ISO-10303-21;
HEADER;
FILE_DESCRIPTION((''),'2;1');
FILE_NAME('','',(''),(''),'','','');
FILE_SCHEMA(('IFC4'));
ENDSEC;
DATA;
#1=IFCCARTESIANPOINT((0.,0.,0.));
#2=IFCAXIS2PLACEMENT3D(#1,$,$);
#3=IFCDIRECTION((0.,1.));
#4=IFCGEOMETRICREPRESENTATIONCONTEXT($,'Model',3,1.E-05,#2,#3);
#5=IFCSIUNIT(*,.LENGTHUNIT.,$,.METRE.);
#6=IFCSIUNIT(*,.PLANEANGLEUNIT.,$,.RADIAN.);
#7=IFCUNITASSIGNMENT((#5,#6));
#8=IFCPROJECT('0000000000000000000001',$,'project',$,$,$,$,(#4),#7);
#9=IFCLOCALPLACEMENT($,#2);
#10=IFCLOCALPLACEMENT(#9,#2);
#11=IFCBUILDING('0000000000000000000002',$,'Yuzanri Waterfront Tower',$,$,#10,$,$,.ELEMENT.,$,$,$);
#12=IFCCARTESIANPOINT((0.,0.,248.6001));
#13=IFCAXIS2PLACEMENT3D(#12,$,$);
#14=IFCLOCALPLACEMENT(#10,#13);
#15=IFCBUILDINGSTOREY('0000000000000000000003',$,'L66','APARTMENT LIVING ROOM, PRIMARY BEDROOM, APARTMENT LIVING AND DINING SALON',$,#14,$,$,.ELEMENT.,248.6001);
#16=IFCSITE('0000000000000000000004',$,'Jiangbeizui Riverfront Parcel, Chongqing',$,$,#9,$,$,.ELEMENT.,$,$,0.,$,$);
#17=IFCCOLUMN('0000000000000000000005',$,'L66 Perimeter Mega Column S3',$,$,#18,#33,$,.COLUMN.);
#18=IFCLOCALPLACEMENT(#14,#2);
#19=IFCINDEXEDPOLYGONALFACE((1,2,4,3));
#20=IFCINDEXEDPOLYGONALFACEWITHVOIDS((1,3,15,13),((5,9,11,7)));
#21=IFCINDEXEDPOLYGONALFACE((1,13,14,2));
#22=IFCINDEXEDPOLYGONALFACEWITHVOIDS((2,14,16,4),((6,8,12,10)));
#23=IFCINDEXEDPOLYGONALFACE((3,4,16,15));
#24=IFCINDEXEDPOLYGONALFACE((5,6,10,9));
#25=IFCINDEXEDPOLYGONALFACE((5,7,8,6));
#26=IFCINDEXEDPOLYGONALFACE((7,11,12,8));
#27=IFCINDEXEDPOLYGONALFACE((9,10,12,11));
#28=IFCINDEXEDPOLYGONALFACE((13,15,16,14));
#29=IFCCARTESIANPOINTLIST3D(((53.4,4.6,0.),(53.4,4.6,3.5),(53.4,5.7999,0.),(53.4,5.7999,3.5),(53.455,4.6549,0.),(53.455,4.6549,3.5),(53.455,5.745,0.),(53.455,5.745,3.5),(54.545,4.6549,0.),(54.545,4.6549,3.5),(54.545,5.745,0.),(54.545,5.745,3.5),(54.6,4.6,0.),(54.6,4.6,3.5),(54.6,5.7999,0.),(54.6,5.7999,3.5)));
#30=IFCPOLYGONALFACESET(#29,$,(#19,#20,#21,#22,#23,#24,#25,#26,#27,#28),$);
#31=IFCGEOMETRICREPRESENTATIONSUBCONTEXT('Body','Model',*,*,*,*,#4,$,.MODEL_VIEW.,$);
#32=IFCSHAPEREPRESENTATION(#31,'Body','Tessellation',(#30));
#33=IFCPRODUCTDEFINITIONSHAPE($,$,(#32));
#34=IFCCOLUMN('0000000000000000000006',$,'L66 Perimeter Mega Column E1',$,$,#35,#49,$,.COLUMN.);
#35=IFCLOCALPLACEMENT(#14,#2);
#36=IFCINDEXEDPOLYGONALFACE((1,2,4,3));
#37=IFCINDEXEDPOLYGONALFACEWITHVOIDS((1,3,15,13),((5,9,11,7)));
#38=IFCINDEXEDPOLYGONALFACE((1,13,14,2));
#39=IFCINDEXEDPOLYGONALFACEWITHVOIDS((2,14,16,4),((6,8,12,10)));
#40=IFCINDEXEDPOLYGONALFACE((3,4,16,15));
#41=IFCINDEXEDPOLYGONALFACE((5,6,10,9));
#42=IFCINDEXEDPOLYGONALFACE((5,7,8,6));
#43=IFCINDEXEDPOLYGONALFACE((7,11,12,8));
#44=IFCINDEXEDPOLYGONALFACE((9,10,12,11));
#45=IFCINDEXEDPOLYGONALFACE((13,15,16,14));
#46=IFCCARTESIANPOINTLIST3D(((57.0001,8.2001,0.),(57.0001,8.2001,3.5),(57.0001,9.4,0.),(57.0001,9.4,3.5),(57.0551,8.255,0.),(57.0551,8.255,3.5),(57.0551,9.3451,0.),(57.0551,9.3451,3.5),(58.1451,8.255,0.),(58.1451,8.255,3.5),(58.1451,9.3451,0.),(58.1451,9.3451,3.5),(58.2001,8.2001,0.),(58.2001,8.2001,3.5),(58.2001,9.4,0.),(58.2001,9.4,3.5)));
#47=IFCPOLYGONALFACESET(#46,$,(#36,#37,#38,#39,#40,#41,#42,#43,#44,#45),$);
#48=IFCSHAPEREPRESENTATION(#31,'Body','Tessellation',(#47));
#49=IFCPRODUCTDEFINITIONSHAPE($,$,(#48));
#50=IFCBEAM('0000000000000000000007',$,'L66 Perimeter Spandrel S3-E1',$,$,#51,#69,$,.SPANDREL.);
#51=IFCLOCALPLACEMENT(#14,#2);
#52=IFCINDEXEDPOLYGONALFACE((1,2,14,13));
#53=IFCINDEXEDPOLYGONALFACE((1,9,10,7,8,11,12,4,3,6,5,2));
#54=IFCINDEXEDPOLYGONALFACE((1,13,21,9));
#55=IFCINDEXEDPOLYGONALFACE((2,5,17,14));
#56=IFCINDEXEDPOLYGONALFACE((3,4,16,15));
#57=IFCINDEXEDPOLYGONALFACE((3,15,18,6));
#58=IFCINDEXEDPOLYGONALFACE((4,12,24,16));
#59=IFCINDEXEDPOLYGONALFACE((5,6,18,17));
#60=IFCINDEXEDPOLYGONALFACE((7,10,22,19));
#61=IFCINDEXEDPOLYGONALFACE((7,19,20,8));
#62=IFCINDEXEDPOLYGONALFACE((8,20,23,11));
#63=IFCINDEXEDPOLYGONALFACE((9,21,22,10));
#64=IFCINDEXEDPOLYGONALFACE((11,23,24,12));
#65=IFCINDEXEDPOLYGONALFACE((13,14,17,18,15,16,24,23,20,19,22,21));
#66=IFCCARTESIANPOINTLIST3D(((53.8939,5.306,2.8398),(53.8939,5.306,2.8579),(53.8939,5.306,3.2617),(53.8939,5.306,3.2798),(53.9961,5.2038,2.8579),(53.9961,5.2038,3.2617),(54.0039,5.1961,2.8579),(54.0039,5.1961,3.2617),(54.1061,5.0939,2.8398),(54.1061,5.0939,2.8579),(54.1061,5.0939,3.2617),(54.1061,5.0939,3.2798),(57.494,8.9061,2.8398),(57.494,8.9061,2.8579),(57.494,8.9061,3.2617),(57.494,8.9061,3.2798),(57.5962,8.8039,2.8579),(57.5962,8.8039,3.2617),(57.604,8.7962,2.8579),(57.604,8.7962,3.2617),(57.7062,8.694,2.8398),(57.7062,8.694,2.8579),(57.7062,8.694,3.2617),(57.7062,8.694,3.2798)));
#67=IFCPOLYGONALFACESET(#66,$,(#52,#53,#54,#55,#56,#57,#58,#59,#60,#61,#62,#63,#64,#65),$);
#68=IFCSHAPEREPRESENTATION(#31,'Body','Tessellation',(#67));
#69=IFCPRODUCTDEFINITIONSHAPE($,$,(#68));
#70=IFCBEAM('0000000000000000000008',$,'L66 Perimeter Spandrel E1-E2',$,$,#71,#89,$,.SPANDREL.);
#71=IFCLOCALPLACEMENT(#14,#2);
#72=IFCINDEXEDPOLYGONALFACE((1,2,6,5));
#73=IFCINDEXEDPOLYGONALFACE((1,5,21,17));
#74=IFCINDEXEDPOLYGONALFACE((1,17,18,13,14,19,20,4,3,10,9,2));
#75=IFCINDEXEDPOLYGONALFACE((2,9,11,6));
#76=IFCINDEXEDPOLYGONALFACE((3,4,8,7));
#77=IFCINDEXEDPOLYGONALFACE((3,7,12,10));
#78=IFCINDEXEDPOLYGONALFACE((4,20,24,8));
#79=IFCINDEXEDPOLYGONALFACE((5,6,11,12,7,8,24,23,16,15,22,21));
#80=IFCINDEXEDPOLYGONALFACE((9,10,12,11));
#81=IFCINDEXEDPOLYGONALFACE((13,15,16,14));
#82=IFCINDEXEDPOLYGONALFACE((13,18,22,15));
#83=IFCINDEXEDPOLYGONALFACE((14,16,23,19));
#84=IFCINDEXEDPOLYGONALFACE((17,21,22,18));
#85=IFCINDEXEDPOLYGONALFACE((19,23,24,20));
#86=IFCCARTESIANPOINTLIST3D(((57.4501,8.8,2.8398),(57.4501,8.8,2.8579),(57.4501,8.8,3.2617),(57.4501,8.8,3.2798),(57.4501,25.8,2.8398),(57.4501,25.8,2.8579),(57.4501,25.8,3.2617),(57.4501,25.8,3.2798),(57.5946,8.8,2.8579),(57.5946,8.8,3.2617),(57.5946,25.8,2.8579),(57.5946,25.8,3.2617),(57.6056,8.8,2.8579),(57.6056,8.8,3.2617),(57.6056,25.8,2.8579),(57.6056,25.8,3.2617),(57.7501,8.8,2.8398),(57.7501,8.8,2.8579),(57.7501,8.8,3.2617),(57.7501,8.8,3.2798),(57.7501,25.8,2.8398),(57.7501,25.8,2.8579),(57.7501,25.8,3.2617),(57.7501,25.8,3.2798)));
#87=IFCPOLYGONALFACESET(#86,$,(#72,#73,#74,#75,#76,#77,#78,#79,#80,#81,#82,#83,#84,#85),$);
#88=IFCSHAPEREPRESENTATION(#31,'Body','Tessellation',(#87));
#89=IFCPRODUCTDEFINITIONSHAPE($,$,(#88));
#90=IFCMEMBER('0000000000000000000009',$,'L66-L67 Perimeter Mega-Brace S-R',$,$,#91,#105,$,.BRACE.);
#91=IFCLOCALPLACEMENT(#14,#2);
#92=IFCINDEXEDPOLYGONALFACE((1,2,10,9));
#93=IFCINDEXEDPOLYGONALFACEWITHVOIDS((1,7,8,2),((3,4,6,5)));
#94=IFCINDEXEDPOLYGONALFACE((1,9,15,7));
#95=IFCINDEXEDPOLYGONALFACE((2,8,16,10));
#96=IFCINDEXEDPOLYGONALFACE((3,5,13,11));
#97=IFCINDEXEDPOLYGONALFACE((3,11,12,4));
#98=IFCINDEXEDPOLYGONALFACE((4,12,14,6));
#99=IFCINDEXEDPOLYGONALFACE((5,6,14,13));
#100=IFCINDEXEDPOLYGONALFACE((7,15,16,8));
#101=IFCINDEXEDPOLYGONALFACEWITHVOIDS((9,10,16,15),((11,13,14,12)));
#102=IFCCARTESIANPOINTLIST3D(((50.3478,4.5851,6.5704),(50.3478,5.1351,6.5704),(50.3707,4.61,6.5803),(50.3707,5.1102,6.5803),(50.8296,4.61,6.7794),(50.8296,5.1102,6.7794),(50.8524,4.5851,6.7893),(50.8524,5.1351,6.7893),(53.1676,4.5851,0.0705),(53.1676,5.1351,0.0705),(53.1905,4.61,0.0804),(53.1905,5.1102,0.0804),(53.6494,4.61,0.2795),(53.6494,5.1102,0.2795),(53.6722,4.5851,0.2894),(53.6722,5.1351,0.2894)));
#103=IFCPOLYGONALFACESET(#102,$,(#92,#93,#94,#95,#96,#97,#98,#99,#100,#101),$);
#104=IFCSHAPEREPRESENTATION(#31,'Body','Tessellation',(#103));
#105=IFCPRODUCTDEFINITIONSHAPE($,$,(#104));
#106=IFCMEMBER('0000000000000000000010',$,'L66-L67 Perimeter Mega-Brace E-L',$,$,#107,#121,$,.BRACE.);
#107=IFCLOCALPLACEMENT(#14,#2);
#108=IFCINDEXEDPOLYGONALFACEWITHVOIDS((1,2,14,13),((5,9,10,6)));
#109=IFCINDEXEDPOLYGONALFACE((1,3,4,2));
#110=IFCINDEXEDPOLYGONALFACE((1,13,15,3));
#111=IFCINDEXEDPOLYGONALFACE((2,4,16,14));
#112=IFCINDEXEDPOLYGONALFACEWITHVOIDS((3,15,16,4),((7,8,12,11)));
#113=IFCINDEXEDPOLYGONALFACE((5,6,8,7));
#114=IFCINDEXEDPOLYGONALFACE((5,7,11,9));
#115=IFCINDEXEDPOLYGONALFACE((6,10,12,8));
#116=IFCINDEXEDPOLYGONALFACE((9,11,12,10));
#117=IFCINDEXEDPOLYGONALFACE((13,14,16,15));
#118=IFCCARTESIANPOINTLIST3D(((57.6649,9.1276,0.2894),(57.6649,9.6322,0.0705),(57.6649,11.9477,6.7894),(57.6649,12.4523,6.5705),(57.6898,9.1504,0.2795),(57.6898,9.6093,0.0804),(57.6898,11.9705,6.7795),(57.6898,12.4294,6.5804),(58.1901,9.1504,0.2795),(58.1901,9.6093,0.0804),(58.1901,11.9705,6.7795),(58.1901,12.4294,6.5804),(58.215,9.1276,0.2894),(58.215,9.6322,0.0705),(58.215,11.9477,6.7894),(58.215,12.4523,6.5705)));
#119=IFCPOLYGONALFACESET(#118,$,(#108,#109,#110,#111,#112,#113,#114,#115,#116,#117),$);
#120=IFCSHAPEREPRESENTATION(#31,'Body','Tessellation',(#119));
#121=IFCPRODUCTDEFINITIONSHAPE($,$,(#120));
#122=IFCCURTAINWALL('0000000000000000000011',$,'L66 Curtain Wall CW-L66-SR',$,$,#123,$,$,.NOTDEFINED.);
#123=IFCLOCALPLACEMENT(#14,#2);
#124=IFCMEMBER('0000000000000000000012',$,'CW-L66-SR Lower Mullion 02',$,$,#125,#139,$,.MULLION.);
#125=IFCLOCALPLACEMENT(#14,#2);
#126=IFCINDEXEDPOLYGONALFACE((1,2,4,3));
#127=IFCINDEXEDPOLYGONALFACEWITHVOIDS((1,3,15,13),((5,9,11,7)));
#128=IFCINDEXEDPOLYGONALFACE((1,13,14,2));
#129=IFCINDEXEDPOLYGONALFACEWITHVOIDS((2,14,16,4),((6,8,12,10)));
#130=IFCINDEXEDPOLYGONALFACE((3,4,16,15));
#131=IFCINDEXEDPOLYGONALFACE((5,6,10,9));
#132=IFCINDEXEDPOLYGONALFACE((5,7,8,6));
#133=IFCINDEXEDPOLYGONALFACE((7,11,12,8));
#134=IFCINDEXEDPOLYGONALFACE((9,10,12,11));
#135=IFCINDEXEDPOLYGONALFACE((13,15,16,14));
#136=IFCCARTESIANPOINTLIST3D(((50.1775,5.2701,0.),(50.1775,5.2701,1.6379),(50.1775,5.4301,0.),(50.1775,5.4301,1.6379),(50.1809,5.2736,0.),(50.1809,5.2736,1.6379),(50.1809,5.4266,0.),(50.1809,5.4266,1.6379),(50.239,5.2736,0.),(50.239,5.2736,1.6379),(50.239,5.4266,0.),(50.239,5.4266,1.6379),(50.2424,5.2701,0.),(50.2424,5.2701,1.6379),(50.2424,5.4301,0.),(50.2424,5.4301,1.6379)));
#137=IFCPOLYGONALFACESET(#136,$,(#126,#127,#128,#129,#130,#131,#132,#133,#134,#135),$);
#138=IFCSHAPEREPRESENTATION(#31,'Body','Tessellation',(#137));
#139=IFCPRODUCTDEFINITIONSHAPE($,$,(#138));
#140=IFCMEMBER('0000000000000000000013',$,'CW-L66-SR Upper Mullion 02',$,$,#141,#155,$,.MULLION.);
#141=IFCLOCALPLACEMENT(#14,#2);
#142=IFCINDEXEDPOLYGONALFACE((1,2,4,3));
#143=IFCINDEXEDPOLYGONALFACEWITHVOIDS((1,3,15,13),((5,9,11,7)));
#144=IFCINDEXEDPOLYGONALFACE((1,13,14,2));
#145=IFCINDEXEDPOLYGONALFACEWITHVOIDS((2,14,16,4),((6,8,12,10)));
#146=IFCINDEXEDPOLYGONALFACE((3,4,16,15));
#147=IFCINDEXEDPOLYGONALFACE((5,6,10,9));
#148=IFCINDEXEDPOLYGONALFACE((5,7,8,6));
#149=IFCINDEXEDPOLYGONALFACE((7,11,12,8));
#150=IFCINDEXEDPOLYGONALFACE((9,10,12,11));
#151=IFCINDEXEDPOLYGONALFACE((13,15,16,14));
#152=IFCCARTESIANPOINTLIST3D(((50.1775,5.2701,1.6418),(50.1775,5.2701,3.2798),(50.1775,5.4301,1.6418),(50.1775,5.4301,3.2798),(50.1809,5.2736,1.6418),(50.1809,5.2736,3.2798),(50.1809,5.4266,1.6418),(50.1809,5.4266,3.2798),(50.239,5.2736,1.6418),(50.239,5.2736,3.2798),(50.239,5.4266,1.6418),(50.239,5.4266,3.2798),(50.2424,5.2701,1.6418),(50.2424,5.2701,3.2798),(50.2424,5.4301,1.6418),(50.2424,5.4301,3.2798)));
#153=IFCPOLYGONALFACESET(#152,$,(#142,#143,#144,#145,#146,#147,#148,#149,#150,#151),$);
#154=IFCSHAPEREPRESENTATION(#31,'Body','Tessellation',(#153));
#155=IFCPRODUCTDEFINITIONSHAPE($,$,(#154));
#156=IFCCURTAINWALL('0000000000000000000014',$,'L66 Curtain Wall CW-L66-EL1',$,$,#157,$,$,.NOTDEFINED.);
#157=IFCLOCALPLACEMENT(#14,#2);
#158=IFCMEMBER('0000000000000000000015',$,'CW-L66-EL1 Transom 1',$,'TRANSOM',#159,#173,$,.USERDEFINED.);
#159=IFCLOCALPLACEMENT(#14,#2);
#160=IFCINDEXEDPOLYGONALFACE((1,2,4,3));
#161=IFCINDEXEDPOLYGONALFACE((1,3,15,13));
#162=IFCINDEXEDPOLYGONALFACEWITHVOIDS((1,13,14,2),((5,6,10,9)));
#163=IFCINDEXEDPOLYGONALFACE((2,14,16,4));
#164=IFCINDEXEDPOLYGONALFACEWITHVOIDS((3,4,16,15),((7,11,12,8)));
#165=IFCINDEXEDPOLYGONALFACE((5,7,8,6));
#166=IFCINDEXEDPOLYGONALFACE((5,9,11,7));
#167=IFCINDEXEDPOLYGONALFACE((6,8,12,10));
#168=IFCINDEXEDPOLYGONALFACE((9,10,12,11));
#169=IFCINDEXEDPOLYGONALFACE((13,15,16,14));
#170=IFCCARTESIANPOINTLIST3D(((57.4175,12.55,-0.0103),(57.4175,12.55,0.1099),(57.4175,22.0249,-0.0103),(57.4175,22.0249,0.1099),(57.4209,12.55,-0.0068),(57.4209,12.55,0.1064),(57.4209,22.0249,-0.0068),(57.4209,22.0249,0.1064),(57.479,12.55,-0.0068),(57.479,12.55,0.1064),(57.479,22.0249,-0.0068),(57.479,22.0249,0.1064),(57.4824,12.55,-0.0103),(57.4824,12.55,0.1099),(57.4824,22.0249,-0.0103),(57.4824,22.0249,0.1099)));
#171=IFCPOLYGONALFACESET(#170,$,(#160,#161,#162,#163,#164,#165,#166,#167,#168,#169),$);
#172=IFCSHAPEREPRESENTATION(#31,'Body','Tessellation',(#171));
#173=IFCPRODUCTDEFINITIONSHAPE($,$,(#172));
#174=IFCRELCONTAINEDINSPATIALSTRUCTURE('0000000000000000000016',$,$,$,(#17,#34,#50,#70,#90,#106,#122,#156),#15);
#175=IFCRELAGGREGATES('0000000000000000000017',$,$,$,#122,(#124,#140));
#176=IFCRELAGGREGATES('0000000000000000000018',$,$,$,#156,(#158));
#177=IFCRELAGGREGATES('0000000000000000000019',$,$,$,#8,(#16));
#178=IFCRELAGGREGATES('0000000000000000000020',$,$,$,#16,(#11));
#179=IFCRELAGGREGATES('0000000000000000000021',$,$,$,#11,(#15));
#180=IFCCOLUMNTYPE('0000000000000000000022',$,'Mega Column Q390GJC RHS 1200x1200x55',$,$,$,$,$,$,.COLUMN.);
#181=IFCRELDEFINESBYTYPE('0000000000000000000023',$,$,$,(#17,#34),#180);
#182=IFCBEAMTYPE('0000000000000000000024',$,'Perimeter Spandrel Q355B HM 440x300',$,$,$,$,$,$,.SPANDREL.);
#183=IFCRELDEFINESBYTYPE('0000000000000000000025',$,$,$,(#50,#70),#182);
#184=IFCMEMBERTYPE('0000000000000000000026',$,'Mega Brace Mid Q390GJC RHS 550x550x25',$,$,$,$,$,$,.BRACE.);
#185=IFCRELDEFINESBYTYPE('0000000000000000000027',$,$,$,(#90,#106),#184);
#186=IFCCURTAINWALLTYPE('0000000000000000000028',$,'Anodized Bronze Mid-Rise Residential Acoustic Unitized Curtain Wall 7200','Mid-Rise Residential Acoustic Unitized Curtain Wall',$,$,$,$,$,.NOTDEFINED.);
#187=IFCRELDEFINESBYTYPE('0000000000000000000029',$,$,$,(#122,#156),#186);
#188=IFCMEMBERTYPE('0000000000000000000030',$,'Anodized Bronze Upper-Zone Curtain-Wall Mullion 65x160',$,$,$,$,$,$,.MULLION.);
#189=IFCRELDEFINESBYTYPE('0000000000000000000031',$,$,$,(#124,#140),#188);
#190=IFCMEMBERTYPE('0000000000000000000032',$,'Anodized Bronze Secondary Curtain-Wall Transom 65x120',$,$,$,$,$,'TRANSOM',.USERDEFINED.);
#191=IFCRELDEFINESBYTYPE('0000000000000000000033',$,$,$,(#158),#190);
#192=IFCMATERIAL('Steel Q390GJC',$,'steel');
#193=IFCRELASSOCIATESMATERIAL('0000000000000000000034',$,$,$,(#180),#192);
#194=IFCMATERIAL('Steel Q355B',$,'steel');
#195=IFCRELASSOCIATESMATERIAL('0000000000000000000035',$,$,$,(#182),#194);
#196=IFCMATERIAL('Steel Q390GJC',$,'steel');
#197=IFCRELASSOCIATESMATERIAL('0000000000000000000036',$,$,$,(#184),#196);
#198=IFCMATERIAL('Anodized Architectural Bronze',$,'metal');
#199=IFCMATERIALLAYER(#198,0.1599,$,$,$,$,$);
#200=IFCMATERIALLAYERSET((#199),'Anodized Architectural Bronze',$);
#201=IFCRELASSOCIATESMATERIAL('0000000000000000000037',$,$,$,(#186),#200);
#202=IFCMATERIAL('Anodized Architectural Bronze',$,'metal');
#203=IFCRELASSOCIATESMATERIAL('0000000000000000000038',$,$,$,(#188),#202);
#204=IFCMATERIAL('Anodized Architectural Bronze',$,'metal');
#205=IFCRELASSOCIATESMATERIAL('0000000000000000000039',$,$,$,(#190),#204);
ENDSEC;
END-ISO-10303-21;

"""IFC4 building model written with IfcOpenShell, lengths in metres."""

from ifc_helpers import new_model, si_unit, direction, frame, origin, origin_2d, place, context, subcontext, project, spatial, hollow_rectangle, i_section, extrude, source, transform, mapped, material, layer, layer_set, material_profile, profile_set, type_object, element, aggregate, save


model = new_model("IFC4")

# Units and contexts
model_context = context("Model", 3, precision=1e-05, world=origin(), true_north=direction((0.0, 1.0)))
body_context = subcontext(model_context, "Body", "Model", "MODEL_VIEW")
ifc_project = project(units=[si_unit("LENGTHUNIT", "METRE"), si_unit("PLANEANGLEUNIT", "RADIAN")], contexts=[model_context])

# Site, building, storey
site_placement = place(None, origin())
site = spatial("IfcSite", under=ifc_project, at=site_placement, Name="Jiangbeizui Riverfront Parcel, Chongqing", CompositionType="ELEMENT", RefElevation=0.0)
building_placement = place(site_placement, origin())
building = spatial("IfcBuilding", under=site, at=building_placement, Name="Yuzanri Waterfront Tower", CompositionType="ELEMENT")
storey_placement = place(building_placement, frame((0.0, 0.0, 248.6001)))
storey = spatial("IfcBuildingStorey", under=building, at=storey_placement, Name="L66", Description="APARTMENT LIVING ROOM, PRIMARY BEDROOM, APARTMENT LIVING AND DINING SALON", CompositionType="ELEMENT", Elevation=248.6001)

# Columns
ifc_material_1 = material(Name="Steel Q390GJC", Category="steel")
ifc_material_profile_1 = material_profile(ifc_material_1, hollow_rectangle(XDim=1.2, YDim=1.2, WallThickness=0.0549, at=origin_2d()), Name="RHS 1200x1200x55")
ifc_profile_set_1 = profile_set([ifc_material_profile_1], Name="Steel Q390GJC")
column_type = type_object("IfcColumnType", Name="Mega Column Q390GJC RHS 1200x1200x55", PredefinedType="COLUMN", material=ifc_profile_set_1)
shared_shape_1 = source(origin(), body_context, "Body", "SweptSolid", [
    extrude(hollow_rectangle(XDim=1.2, YDim=1.2, WallThickness=0.0549, at=origin_2d()), origin(), (0.0, 0.0, 1.0), 3.5),
])
for number, where, z_axis, x_axis, name in (
    (1, (54.0, 5.2, 0.0), (0.0, 0.0, 1.0), (1.0, 0.0, 0.0), "L66 Perimeter Mega Column S3"),
    (2, (57.6001, 8.8, 0.0), (0.0, 0.0, 1.0), (1.0, 0.0, 0.0), "L66 Perimeter Mega Column E1"),
):
    element("IfcColumn", number, at=place(storey_placement, frame(where, z_axis=z_axis, x_axis=x_axis)), inside=storey, type_object=column_type, Name=name, PredefinedType="COLUMN", context=body_context, shape_type="MappedRepresentation", body=[
        mapped(shared_shape_1, transform((0.0, 0.0, 0.0), scale=1.0)),
    ])

# Beams
ifc_material_2 = material(Name="Steel Q355B", Category="steel")
ifc_material_profile_2 = material_profile(ifc_material_2, i_section(OverallWidth=0.3, OverallDepth=0.4399, WebThickness=0.011, FlangeThickness=0.0181, at=origin_2d()), Name="HM 440x300x11x18")
ifc_profile_set_2 = profile_set([ifc_material_profile_2], Name="Steel Q355B")
beam_type = type_object("IfcBeamType", Name="Perimeter Spandrel Q355B HM 440x300", PredefinedType="SPANDREL", material=ifc_profile_set_2)
shared_shape_2 = source(origin(), body_context, "Body", "SweptSolid", [
    extrude(i_section(OverallWidth=0.3, OverallDepth=0.4399, WebThickness=0.011, FlangeThickness=0.0181, at=origin_2d()), origin(), (0.0, 0.0, 1.0), 5.0913),
])
beam_1_placement = place(storey_placement, frame((54.0, 5.2, 3.0598), z_axis=(0.707107, 0.707107, 0.0), x_axis=(-0.707107, 0.707107, 0.0)))
element("IfcBeam", 3, at=beam_1_placement, inside=storey, type_object=beam_type, Name="L66 Perimeter Spandrel S3-E1", PredefinedType="SPANDREL", context=body_context, shape_type="MappedRepresentation", body=[
    mapped(shared_shape_2, transform((0.0, 0.0, 0.0), scale=1.0)),
])
shared_shape_3 = source(origin(), body_context, "Body", "SweptSolid", [
    extrude(i_section(OverallWidth=0.3, OverallDepth=0.4399, WebThickness=0.011, FlangeThickness=0.0181, at=origin_2d()), origin(), (0.0, 0.0, 1.0), 17.0),
])
beam_2_placement = place(storey_placement, frame((57.6001, 8.8, 3.0598), z_axis=(0.0, 1.0, 0.0), x_axis=(-1.0, 0.0, 0.0)))
element("IfcBeam", 4, at=beam_2_placement, inside=storey, type_object=beam_type, Name="L66 Perimeter Spandrel E1-E2", PredefinedType="SPANDREL", context=body_context, shape_type="MappedRepresentation", body=[
    mapped(shared_shape_3, transform((0.0, 0.0, 0.0), scale=1.0)),
])

# Members
ifc_material_3 = material(Name="Steel Q390GJC", Category="steel")
ifc_material_profile_3 = material_profile(ifc_material_3, hollow_rectangle(XDim=0.55, YDim=0.55, WallThickness=0.0249, at=origin_2d()), Name="RHS 550x550x25")
ifc_profile_set_3 = profile_set([ifc_material_profile_3], Name="Steel Q390GJC")
member_type_1 = type_object("IfcMemberType", Name="Mega Brace Mid Q390GJC RHS 550x550x25", PredefinedType="BRACE", material=ifc_profile_set_3)
shared_shape_4 = source(origin(), body_context, "Body", "SweptSolid", [
    extrude(hollow_rectangle(XDim=0.55, YDim=0.55, WallThickness=0.0249, at=origin_2d()), origin(), (0.0, 0.0, 1.0), 7.0852),
])
member_1_placement = place(storey_placement, frame((53.4199, 4.8601, 0.1799), z_axis=(-0.397983, 0.0, 0.917393), x_axis=(0.0, -1.0, 0.0)))
element("IfcMember", 5, at=member_1_placement, inside=storey, type_object=member_type_1, Name="L66-L67 Perimeter Mega-Brace S-R", PredefinedType="BRACE", context=body_context, shape_type="MappedRepresentation", body=[
    mapped(shared_shape_4, transform((0.0, 0.0, 0.0), scale=1.0)),
])
shared_shape_5 = source(origin(), body_context, "Body", "SweptSolid", [
    extrude(hollow_rectangle(XDim=0.55, YDim=0.55, WallThickness=0.0249, at=origin_2d()), origin(), (0.0, 0.0, 1.0), 7.0854),
])
member_2_placement = place(storey_placement, frame((57.9399, 9.3799, 0.1799), z_axis=(0.0, 0.398012, 0.91738), x_axis=(-1.0, 0.0, 0.0)))
element("IfcMember", 6, at=member_2_placement, inside=storey, type_object=member_type_1, Name="L66-L67 Perimeter Mega-Brace E-L", PredefinedType="BRACE", context=body_context, shape_type="MappedRepresentation", body=[
    mapped(shared_shape_5, transform((0.0, 0.0, 0.0), scale=1.0)),
])

# Curtain walls, members
ifc_material_4 = material(Name="Anodized Architectural Bronze", Category="metal")
ifc_layer_1 = layer(ifc_material_4, 0.1599)
ifc_layer_set_1 = layer_set([ifc_layer_1], Name="Anodized Architectural Bronze")
curtain_wall_type = type_object("IfcCurtainWallType", Name="Anodized Bronze Mid-Rise Residential Acoustic Unitized Curtain Wall 7200", Description="Mid-Rise Residential Acoustic Unitized Curtain Wall", PredefinedType="NOTDEFINED", material=ifc_layer_set_1)
curtain_wall_1_placement = place(storey_placement, origin())
curtain_wall_1 = element("IfcCurtainWall", 7, at=curtain_wall_1_placement, inside=storey, type_object=curtain_wall_type, Name="L66 Curtain Wall CW-L66-SR", PredefinedType="NOTDEFINED")
ifc_material_5 = material(Name="Anodized Architectural Bronze", Category="metal")
ifc_material_profile_4 = material_profile(ifc_material_5, hollow_rectangle(XDim=0.0649, YDim=0.1599, WallThickness=0.0034, at=origin_2d()), Name="CWM 65x160")
ifc_profile_set_4 = profile_set([ifc_material_profile_4], Name="Anodized Architectural Bronze")
member_type_2 = type_object("IfcMemberType", Name="Anodized Bronze Upper-Zone Curtain-Wall Mullion 65x160", PredefinedType="MULLION", material=ifc_profile_set_4)
shared_shape_6 = source(origin(), body_context, "Body", "SweptSolid", [
    extrude(hollow_rectangle(XDim=0.0649, YDim=0.1599, WallThickness=0.0034, at=origin_2d()), origin(), (0.0, 0.0, 1.0), 1.6379),
])
member_3_placement = place(storey_placement, frame((50.21, 5.3501, 0.0), z_axis=(0.0, 0.0, 1.0), x_axis=(1.0, 0.0, 0.0)))
member_3 = element("IfcMember", 8, at=member_3_placement, type_object=member_type_2, Name="CW-L66-SR Lower Mullion 02", PredefinedType="MULLION", context=body_context, shape_type="MappedRepresentation", body=[
    mapped(shared_shape_6, transform((0.0, 0.0, 0.0), scale=1.0)),
])
member_4_placement = place(storey_placement, frame((50.21, 5.3501, 1.6418), z_axis=(0.0, 0.0, 1.0), x_axis=(1.0, 0.0, 0.0)))
member_4 = element("IfcMember", 9, at=member_4_placement, type_object=member_type_2, Name="CW-L66-SR Upper Mullion 02", PredefinedType="MULLION", context=body_context, shape_type="MappedRepresentation", body=[
    mapped(shared_shape_6, transform((0.0, 0.0, 0.0), scale=1.0)),
])
aggregate(curtain_wall_1, [member_3, member_4])
curtain_wall_2_placement = place(storey_placement, origin())
curtain_wall_2 = element("IfcCurtainWall", 10, at=curtain_wall_2_placement, inside=storey, type_object=curtain_wall_type, Name="L66 Curtain Wall CW-L66-EL1", PredefinedType="NOTDEFINED")
ifc_material_6 = material(Name="Anodized Architectural Bronze", Category="metal")
ifc_material_profile_5 = material_profile(ifc_material_6, hollow_rectangle(XDim=0.0649, YDim=0.1201, WallThickness=0.0034, at=origin_2d()), Name="CWT 65x120")
ifc_profile_set_5 = profile_set([ifc_material_profile_5], Name="Anodized Architectural Bronze")
member_type_3 = type_object("IfcMemberType", Name="Anodized Bronze Secondary Curtain-Wall Transom 65x120", ElementType="TRANSOM", PredefinedType="USERDEFINED", material=ifc_profile_set_5)
shared_shape_7 = source(origin(), body_context, "Body", "SweptSolid", [
    extrude(hollow_rectangle(XDim=0.0649, YDim=0.1201, WallThickness=0.0034, at=origin_2d()), origin(), (0.0, 0.0, 1.0), 9.4749),
])
member_5_placement = place(storey_placement, frame((57.45, 12.55, 0.0498), z_axis=(0.0, 1.0, 0.0), x_axis=(-1.0, 0.0, 0.0)))
member_5 = element("IfcMember", 11, at=member_5_placement, type_object=member_type_3, Name="CW-L66-EL1 Transom 1", ObjectType="TRANSOM", PredefinedType="USERDEFINED", context=body_context, shape_type="MappedRepresentation", body=[
    mapped(shared_shape_7, transform((0.0, 0.0, 0.0), scale=1.0)),
])
aggregate(curtain_wall_2, [member_5])

save(model, "model.ifc")
